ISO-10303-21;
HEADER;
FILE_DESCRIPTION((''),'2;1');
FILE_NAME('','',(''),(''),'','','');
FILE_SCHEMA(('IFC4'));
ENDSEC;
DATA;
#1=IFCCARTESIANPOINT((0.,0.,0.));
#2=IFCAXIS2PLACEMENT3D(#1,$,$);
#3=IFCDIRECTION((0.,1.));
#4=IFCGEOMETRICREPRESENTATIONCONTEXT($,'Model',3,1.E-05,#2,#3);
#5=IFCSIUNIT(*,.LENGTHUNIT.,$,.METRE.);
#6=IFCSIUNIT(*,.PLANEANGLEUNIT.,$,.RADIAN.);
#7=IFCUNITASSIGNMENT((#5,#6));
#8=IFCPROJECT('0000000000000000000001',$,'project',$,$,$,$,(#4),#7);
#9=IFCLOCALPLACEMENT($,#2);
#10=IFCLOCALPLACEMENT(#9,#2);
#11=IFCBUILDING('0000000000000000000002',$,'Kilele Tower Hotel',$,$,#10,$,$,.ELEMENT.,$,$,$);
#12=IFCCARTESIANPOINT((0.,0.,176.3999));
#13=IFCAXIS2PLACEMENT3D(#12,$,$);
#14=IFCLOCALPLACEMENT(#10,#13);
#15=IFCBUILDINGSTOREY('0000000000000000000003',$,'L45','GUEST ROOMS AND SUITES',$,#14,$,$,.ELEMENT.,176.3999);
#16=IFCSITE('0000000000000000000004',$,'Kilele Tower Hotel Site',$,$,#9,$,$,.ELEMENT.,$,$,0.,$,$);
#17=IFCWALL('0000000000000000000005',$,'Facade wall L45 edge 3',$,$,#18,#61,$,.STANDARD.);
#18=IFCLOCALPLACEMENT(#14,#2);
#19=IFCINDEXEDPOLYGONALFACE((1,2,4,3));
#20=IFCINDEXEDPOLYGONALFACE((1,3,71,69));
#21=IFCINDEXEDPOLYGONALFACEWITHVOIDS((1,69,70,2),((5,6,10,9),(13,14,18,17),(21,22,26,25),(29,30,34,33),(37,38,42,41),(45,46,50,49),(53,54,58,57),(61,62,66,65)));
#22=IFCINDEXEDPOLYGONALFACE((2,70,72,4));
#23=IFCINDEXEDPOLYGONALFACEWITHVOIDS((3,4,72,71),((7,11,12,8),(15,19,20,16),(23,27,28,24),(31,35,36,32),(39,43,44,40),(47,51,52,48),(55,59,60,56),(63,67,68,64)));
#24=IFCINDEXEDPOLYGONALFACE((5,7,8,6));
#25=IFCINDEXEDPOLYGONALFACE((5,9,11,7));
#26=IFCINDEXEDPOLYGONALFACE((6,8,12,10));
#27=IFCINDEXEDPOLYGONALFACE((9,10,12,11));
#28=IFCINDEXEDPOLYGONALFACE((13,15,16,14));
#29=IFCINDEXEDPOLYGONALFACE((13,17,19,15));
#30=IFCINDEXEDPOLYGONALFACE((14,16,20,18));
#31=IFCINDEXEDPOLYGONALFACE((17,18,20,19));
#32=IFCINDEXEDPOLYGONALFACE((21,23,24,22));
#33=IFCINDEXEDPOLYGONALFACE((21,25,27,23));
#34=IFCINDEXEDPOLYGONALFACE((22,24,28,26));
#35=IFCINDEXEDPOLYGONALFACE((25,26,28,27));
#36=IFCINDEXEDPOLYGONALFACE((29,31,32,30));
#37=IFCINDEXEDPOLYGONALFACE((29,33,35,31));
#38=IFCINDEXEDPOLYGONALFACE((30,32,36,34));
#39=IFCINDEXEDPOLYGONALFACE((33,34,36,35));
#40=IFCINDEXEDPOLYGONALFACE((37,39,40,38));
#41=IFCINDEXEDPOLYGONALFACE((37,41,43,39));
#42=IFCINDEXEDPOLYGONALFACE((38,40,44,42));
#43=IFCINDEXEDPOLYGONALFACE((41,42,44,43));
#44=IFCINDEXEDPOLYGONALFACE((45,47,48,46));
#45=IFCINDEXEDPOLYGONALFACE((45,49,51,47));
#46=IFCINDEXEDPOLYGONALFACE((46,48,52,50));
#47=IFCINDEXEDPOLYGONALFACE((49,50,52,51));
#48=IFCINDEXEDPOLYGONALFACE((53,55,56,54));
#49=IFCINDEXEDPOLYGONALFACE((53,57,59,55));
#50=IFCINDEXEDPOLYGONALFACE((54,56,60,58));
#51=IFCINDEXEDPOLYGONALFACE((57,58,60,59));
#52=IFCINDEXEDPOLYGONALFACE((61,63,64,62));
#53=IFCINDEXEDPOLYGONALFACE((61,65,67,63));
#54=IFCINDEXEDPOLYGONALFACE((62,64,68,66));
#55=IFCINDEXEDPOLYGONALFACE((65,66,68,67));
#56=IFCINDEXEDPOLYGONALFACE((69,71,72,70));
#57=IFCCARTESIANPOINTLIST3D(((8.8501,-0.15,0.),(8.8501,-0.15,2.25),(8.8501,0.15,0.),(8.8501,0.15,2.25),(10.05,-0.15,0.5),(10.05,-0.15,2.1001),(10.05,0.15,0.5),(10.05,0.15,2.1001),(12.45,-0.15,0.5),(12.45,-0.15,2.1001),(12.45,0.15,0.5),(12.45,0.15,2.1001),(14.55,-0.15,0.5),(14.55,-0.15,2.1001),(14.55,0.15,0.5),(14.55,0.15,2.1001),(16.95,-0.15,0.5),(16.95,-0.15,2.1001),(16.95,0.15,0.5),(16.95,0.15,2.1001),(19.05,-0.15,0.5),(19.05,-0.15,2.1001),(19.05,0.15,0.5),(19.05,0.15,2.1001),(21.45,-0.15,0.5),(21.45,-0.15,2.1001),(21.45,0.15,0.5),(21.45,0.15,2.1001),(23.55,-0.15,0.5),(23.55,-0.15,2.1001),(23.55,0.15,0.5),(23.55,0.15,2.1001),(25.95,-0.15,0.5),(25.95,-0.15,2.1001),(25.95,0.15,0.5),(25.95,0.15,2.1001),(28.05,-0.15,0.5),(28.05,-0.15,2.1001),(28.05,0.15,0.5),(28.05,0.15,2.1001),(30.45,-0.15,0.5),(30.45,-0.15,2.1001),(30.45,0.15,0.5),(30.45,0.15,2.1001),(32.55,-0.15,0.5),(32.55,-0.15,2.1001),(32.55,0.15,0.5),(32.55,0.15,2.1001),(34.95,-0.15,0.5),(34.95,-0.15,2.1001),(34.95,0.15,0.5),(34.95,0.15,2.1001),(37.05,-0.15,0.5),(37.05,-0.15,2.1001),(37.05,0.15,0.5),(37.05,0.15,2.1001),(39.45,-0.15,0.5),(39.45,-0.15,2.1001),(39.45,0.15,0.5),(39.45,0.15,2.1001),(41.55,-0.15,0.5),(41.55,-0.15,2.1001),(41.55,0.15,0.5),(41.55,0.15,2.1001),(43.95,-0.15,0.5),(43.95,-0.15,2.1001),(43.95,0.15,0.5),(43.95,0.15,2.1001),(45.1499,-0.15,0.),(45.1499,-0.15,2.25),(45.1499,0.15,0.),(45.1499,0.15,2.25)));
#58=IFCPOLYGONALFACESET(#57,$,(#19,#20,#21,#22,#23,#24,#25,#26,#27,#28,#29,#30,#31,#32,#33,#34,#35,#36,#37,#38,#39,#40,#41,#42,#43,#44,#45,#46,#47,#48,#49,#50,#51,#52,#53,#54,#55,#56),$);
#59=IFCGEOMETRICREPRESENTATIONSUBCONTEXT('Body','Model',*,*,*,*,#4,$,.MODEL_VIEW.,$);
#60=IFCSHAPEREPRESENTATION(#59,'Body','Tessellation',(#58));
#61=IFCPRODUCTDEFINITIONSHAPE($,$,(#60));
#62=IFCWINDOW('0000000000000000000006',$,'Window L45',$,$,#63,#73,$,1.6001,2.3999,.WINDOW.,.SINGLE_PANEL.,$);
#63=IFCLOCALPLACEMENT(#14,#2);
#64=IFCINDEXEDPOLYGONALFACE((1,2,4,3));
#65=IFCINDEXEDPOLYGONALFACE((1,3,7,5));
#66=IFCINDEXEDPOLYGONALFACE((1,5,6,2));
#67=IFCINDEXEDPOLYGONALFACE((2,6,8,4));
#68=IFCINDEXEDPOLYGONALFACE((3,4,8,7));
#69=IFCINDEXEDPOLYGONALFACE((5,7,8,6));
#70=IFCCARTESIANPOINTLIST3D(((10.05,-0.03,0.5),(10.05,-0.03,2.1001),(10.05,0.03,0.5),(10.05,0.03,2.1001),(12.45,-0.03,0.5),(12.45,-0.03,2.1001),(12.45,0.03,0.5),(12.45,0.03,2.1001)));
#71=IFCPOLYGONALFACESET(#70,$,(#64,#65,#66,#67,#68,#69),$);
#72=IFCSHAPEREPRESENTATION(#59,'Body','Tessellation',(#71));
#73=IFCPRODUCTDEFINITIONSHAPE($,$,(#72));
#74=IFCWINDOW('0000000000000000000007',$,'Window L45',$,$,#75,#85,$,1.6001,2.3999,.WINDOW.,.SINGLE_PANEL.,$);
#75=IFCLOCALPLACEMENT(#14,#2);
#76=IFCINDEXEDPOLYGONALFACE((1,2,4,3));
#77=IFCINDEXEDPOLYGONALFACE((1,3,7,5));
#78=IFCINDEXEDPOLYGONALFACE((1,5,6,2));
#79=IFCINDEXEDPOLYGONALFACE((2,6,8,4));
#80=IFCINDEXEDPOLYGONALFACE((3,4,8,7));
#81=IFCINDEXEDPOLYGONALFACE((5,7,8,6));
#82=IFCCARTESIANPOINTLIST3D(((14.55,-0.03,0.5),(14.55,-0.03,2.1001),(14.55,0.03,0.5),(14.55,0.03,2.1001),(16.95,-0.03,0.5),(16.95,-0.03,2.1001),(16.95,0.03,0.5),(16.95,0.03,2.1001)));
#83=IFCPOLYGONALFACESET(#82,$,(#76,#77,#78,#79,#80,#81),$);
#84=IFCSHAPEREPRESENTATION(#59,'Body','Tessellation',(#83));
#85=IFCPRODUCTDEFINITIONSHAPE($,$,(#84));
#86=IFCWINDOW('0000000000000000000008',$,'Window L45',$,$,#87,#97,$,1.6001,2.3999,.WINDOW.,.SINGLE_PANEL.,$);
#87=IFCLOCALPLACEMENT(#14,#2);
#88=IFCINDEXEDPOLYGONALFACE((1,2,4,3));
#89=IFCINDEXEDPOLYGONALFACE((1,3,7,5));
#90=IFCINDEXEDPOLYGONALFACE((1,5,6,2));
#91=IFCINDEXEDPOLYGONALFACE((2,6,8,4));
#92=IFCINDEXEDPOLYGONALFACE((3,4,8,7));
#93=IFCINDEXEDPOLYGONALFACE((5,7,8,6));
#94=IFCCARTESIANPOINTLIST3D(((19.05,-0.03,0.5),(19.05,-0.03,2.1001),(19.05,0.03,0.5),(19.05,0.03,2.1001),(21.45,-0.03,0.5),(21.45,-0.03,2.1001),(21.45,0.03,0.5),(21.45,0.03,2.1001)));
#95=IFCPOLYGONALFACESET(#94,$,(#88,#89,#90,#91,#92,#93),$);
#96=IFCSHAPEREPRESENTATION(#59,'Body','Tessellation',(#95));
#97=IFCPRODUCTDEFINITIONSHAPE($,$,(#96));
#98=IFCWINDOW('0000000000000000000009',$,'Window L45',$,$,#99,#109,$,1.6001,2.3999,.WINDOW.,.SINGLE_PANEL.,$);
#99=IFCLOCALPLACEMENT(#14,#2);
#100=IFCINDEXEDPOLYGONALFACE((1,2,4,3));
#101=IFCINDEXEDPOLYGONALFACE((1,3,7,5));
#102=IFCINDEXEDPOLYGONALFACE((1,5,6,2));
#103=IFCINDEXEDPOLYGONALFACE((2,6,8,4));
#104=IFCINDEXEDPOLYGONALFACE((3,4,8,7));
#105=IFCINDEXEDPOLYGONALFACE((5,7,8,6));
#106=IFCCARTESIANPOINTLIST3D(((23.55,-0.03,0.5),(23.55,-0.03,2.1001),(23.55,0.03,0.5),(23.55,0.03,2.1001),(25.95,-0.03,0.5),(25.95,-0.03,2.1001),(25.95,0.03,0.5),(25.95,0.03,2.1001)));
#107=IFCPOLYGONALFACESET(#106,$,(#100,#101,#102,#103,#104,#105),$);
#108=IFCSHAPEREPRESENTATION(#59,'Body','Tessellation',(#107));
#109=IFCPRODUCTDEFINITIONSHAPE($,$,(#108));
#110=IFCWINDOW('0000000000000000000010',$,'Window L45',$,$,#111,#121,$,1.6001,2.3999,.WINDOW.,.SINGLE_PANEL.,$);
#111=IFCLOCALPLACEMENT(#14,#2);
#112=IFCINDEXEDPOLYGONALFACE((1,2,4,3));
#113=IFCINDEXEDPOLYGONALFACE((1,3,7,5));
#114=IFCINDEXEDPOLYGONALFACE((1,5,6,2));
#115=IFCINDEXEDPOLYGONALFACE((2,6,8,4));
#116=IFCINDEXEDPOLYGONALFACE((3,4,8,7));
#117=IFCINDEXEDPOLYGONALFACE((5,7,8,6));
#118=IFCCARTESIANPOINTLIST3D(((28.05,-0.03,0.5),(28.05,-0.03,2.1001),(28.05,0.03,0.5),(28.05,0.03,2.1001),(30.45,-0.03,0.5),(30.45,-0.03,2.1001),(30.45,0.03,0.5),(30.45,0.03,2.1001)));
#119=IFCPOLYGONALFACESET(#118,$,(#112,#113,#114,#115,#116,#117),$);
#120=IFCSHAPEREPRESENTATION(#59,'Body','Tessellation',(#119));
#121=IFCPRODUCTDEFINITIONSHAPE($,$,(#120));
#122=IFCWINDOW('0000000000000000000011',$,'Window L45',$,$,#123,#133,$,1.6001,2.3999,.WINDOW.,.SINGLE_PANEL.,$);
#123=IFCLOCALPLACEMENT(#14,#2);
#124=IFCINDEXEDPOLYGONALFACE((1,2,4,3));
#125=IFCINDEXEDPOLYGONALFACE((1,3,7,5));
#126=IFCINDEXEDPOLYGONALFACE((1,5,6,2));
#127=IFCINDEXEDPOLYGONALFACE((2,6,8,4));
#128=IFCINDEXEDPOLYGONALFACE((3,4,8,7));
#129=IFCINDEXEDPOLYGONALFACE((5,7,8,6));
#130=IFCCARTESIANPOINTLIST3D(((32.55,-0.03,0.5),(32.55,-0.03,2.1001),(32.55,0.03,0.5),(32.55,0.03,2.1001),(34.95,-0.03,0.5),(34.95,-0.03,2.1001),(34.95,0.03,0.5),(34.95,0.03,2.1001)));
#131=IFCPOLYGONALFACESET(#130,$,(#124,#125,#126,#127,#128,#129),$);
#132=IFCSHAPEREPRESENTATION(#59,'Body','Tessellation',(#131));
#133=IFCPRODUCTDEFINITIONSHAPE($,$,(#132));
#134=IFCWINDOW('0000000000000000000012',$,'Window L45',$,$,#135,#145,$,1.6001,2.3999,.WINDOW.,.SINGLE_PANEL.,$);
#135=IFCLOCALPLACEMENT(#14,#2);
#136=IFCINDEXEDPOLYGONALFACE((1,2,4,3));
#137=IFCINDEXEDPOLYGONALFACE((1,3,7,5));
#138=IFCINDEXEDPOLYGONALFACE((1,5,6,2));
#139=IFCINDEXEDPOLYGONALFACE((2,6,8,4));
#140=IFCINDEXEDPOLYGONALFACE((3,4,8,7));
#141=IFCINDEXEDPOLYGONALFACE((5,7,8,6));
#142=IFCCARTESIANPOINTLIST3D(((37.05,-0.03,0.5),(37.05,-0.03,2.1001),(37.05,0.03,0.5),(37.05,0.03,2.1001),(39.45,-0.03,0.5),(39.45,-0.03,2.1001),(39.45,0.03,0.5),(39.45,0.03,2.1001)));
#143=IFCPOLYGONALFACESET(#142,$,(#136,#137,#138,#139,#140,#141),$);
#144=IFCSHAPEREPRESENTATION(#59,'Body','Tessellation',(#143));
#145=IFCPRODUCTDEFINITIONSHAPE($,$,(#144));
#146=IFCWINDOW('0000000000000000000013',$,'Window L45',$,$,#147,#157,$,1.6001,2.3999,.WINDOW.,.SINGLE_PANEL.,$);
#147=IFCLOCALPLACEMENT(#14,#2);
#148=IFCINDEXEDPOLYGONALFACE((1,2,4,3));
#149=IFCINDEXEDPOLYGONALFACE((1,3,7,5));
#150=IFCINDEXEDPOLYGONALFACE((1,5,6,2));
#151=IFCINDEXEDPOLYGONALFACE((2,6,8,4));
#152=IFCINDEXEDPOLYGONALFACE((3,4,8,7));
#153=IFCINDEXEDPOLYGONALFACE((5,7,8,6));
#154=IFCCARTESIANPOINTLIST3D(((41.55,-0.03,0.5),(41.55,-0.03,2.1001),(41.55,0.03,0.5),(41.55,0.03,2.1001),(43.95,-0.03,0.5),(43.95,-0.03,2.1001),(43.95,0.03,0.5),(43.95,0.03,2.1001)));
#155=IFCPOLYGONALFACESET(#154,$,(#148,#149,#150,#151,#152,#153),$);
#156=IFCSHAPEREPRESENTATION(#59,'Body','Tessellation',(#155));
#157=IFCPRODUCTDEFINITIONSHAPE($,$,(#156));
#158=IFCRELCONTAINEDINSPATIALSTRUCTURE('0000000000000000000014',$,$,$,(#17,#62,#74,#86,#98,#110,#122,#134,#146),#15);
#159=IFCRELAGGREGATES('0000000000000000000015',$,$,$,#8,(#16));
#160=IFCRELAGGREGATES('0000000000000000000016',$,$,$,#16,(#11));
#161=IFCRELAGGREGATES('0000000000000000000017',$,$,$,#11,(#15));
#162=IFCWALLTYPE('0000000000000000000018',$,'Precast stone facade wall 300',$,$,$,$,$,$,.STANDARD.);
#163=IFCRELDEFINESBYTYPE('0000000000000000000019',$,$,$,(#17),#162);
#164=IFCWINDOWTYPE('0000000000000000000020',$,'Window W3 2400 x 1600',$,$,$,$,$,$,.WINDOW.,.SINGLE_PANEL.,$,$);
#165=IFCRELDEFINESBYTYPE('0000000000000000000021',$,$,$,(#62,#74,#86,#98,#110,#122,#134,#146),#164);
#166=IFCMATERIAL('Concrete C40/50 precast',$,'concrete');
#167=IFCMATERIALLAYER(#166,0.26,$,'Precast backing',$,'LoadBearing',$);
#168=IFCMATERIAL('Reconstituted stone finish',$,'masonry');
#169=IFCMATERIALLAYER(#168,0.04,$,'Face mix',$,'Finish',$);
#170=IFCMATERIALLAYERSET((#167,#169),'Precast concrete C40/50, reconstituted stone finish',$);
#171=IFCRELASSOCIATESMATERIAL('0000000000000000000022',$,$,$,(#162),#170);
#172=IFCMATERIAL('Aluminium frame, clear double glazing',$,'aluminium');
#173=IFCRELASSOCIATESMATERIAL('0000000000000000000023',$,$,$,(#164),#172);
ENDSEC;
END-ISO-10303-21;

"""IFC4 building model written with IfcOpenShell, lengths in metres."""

from ifc_helpers import new_model, si_unit, direction, frame, frame_2d, origin, place, context, subcontext, project, spatial, rectangle, extrude, material, layer, layer_set, type_object, element, fill, save


model = new_model("IFC4")

# Units and contexts
model_context = context("Model", 3, precision=1e-05, world=origin(), true_north=direction((0.0, 1.0)))
body_context = subcontext(model_context, "Body", "Model", "MODEL_VIEW")
ifc_project = project(units=[si_unit("LENGTHUNIT", "METRE"), si_unit("PLANEANGLEUNIT", "RADIAN")], contexts=[model_context])

# Site, building, storey
site_placement = place(None, origin())
site = spatial("IfcSite", under=ifc_project, at=site_placement, Name="Kilele Tower Hotel Site", CompositionType="ELEMENT", RefElevation=0.0)
building_placement = place(site_placement, origin())
building = spatial("IfcBuilding", under=site, at=building_placement, Name="Kilele Tower Hotel", CompositionType="ELEMENT")
storey_placement = place(building_placement, frame((0.0, 0.0, 176.3999)))
storey = spatial("IfcBuildingStorey", under=building, at=storey_placement, Name="L45", Description="GUEST ROOMS AND SUITES", CompositionType="ELEMENT", Elevation=176.3999)

# Wall, openings, windows
ifc_material_1 = material(Name="Concrete C40/50 precast", Category="concrete")
ifc_layer_1 = layer(ifc_material_1, 0.26, Name="Precast backing", Category="LoadBearing")
ifc_material_2 = material(Name="Reconstituted stone finish", Category="masonry")
ifc_layer_2 = layer(ifc_material_2, 0.04, Name="Face mix", Category="Finish")
ifc_layer_set_1 = layer_set([ifc_layer_1, ifc_layer_2], Name="Precast concrete C40/50, reconstituted stone finish")
wall_type_1 = type_object("IfcWallType", Name="Precast stone facade wall 300", PredefinedType="STANDARD", material=ifc_layer_set_1)
wall_1_placement = place(storey_placement, frame((8.8501, 0.0, 0.0), z_axis=(0.0, 0.0, 1.0), x_axis=(1.0, 0.0, 0.0)))
wall_1 = element("IfcWall", 1, at=wall_1_placement, inside=storey, type_object=wall_type_1, Name="Facade wall L45 edge 3", PredefinedType="STANDARD", context=body_context, shape_type="SweptSolid", body=[
    extrude(rectangle(XDim=36.2998, YDim=0.3, at=frame_2d((18.1499, 0.0))), origin(), (0.0, 0.0, 1.0), 2.25),
])
opening_1_placement = place(wall_1_placement, frame((1.2, 0.0, 0.5)))
opening_1 = element("IfcOpeningElement", 2, at=opening_1_placement, cuts=wall_1, PredefinedType="OPENING", context=body_context, shape_type="SweptSolid", body=[
    extrude(rectangle(XDim=2.3999, YDim=1.6001, at=frame_2d((1.2, 0.8))), frame((0.0, 0.1599, 0.0), z_axis=(0.0, -1.0, 0.0), x_axis=(1.0, 0.0, 0.0)), (0.0, 0.0, 1.0), 0.3201),
])
opening_2_placement = place(wall_1_placement, frame((5.7, 0.0, 0.5)))
opening_2 = element("IfcOpeningElement", 3, at=opening_2_placement, cuts=wall_1, PredefinedType="OPENING", context=body_context, shape_type="SweptSolid", body=[
    extrude(rectangle(XDim=2.3999, YDim=1.6001, at=frame_2d((1.2, 0.8))), frame((0.0, 0.1599, 0.0), z_axis=(0.0, -1.0, 0.0), x_axis=(1.0, 0.0, 0.0)), (0.0, 0.0, 1.0), 0.3201),
])
opening_3_placement = place(wall_1_placement, frame((10.2, 0.0, 0.5)))
opening_3 = element("IfcOpeningElement", 4, at=opening_3_placement, cuts=wall_1, PredefinedType="OPENING", context=body_context, shape_type="SweptSolid", body=[
    extrude(rectangle(XDim=2.3999, YDim=1.6001, at=frame_2d((1.2, 0.8))), frame((0.0, 0.1599, 0.0), z_axis=(0.0, -1.0, 0.0), x_axis=(1.0, 0.0, 0.0)), (0.0, 0.0, 1.0), 0.3201),
])
opening_4_placement = place(wall_1_placement, frame((14.7, 0.0, 0.5)))
opening_4 = element("IfcOpeningElement", 5, at=opening_4_placement, cuts=wall_1, PredefinedType="OPENING", context=body_context, shape_type="SweptSolid", body=[
    extrude(rectangle(XDim=2.3999, YDim=1.6001, at=frame_2d((1.2, 0.8))), frame((0.0, 0.1599, 0.0), z_axis=(0.0, -1.0, 0.0), x_axis=(1.0, 0.0, 0.0)), (0.0, 0.0, 1.0), 0.3201),
])
opening_5_placement = place(wall_1_placement, frame((19.2, 0.0, 0.5)))
opening_5 = element("IfcOpeningElement", 6, at=opening_5_placement, cuts=wall_1, PredefinedType="OPENING", context=body_context, shape_type="SweptSolid", body=[
    extrude(rectangle(XDim=2.3999, YDim=1.6001, at=frame_2d((1.2, 0.8))), frame((0.0, 0.1599, 0.0), z_axis=(0.0, -1.0, 0.0), x_axis=(1.0, 0.0, 0.0)), (0.0, 0.0, 1.0), 0.3201),
])
opening_6_placement = place(wall_1_placement, frame((23.7, 0.0, 0.5)))
opening_6 = element("IfcOpeningElement", 7, at=opening_6_placement, cuts=wall_1, PredefinedType="OPENING", context=body_context, shape_type="SweptSolid", body=[
    extrude(rectangle(XDim=2.3999, YDim=1.6001, at=frame_2d((1.2, 0.8))), frame((0.0, 0.1599, 0.0), z_axis=(0.0, -1.0, 0.0), x_axis=(1.0, 0.0, 0.0)), (0.0, 0.0, 1.0), 0.3201),
])
opening_7_placement = place(wall_1_placement, frame((28.2, 0.0, 0.5)))
opening_7 = element("IfcOpeningElement", 8, at=opening_7_placement, cuts=wall_1, PredefinedType="OPENING", context=body_context, shape_type="SweptSolid", body=[
    extrude(rectangle(XDim=2.3999, YDim=1.6001, at=frame_2d((1.2, 0.8))), frame((0.0, 0.1599, 0.0), z_axis=(0.0, -1.0, 0.0), x_axis=(1.0, 0.0, 0.0)), (0.0, 0.0, 1.0), 0.3201),
])
opening_8_placement = place(wall_1_placement, frame((32.7, 0.0, 0.5)))
opening_8 = element("IfcOpeningElement", 9, at=opening_8_placement, cuts=wall_1, PredefinedType="OPENING", context=body_context, shape_type="SweptSolid", body=[
    extrude(rectangle(XDim=2.3999, YDim=1.6001, at=frame_2d((1.2, 0.8))), frame((0.0, 0.1599, 0.0), z_axis=(0.0, -1.0, 0.0), x_axis=(1.0, 0.0, 0.0)), (0.0, 0.0, 1.0), 0.3201),
])
ifc_material_3 = material(Name="Aluminium frame, clear double glazing", Category="aluminium")
window_type = type_object("IfcWindowType", Name="Window W3 2400 x 1600", PartitioningType="SINGLE_PANEL", PredefinedType="WINDOW", material=ifc_material_3)
window_1_placement = place(opening_1_placement, origin())
window_1 = element("IfcWindow", 10, at=window_1_placement, inside=storey, type_object=window_type, Name="Window L45", OverallHeight=1.6001, OverallWidth=2.3999, PartitioningType="SINGLE_PANEL", PredefinedType="WINDOW", context=body_context, shape_type="SweptSolid", body=[
    extrude(rectangle(XDim=2.3999, YDim=1.6001, at=frame_2d((1.2, 0.8))), frame((0.0, 0.03, 0.0), z_axis=(0.0, -1.0, 0.0), x_axis=(1.0, 0.0, 0.0)), (0.0, 0.0, 1.0), 0.0601),
])
fill(opening_1, window_1)
window_2_placement = place(opening_2_placement, origin())
window_2 = element("IfcWindow", 11, at=window_2_placement, inside=storey, type_object=window_type, Name="Window L45", OverallHeight=1.6001, OverallWidth=2.3999, PartitioningType="SINGLE_PANEL", PredefinedType="WINDOW", context=body_context, shape_type="SweptSolid", body=[
    extrude(rectangle(XDim=2.3999, YDim=1.6001, at=frame_2d((1.2, 0.8))), frame((0.0, 0.03, 0.0), z_axis=(0.0, -1.0, 0.0), x_axis=(1.0, 0.0, 0.0)), (0.0, 0.0, 1.0), 0.0601),
])
fill(opening_2, window_2)
window_3_placement = place(opening_3_placement, origin())
window_3 = element("IfcWindow", 12, at=window_3_placement, inside=storey, type_object=window_type, Name="Window L45", OverallHeight=1.6001, OverallWidth=2.3999, PartitioningType="SINGLE_PANEL", PredefinedType="WINDOW", context=body_context, shape_type="SweptSolid", body=[
    extrude(rectangle(XDim=2.3999, YDim=1.6001, at=frame_2d((1.2, 0.8))), frame((0.0, 0.03, 0.0), z_axis=(0.0, -1.0, 0.0), x_axis=(1.0, 0.0, 0.0)), (0.0, 0.0, 1.0), 0.0601),
])
fill(opening_3, window_3)
window_4_placement = place(opening_4_placement, origin())
window_4 = element("IfcWindow", 13, at=window_4_placement, inside=storey, type_object=window_type, Name="Window L45", OverallHeight=1.6001, OverallWidth=2.3999, PartitioningType="SINGLE_PANEL", PredefinedType="WINDOW", context=body_context, shape_type="SweptSolid", body=[
    extrude(rectangle(XDim=2.3999, YDim=1.6001, at=frame_2d((1.2, 0.8))), frame((0.0, 0.03, 0.0), z_axis=(0.0, -1.0, 0.0), x_axis=(1.0, 0.0, 0.0)), (0.0, 0.0, 1.0), 0.0601),
])
fill(opening_4, window_4)
window_5_placement = place(opening_5_placement, origin())
window_5 = element("IfcWindow", 14, at=window_5_placement, inside=storey, type_object=window_type, Name="Window L45", OverallHeight=1.6001, OverallWidth=2.3999, PartitioningType="SINGLE_PANEL", PredefinedType="WINDOW", context=body_context, shape_type="SweptSolid", body=[
    extrude(rectangle(XDim=2.3999, YDim=1.6001, at=frame_2d((1.2, 0.8))), frame((0.0, 0.03, 0.0), z_axis=(0.0, -1.0, 0.0), x_axis=(1.0, 0.0, 0.0)), (0.0, 0.0, 1.0), 0.0601),
])
fill(opening_5, window_5)
window_6_placement = place(opening_6_placement, origin())
window_6 = element("IfcWindow", 15, at=window_6_placement, inside=storey, type_object=window_type, Name="Window L45", OverallHeight=1.6001, OverallWidth=2.3999, PartitioningType="SINGLE_PANEL", PredefinedType="WINDOW", context=body_context, shape_type="SweptSolid", body=[
    extrude(rectangle(XDim=2.3999, YDim=1.6001, at=frame_2d((1.2, 0.8))), frame((0.0, 0.03, 0.0), z_axis=(0.0, -1.0, 0.0), x_axis=(1.0, 0.0, 0.0)), (0.0, 0.0, 1.0), 0.0601),
])
fill(opening_6, window_6)
window_7_placement = place(opening_7_placement, origin())
window_7 = element("IfcWindow", 16, at=window_7_placement, inside=storey, type_object=window_type, Name="Window L45", OverallHeight=1.6001, OverallWidth=2.3999, PartitioningType="SINGLE_PANEL", PredefinedType="WINDOW", context=body_context, shape_type="SweptSolid", body=[
    extrude(rectangle(XDim=2.3999, YDim=1.6001, at=frame_2d((1.2, 0.8))), frame((0.0, 0.03, 0.0), z_axis=(0.0, -1.0, 0.0), x_axis=(1.0, 0.0, 0.0)), (0.0, 0.0, 1.0), 0.0601),
])
fill(opening_7, window_7)
window_8_placement = place(opening_8_placement, origin())
window_8 = element("IfcWindow", 17, at=window_8_placement, inside=storey, type_object=window_type, Name="Window L45", OverallHeight=1.6001, OverallWidth=2.3999, PartitioningType="SINGLE_PANEL", PredefinedType="WINDOW", context=body_context, shape_type="SweptSolid", body=[
    extrude(rectangle(XDim=2.3999, YDim=1.6001, at=frame_2d((1.2, 0.8))), frame((0.0, 0.03, 0.0), z_axis=(0.0, -1.0, 0.0), x_axis=(1.0, 0.0, 0.0)), (0.0, 0.0, 1.0), 0.0601),
])
fill(opening_8, window_8)

save(model, "model.ifc")
